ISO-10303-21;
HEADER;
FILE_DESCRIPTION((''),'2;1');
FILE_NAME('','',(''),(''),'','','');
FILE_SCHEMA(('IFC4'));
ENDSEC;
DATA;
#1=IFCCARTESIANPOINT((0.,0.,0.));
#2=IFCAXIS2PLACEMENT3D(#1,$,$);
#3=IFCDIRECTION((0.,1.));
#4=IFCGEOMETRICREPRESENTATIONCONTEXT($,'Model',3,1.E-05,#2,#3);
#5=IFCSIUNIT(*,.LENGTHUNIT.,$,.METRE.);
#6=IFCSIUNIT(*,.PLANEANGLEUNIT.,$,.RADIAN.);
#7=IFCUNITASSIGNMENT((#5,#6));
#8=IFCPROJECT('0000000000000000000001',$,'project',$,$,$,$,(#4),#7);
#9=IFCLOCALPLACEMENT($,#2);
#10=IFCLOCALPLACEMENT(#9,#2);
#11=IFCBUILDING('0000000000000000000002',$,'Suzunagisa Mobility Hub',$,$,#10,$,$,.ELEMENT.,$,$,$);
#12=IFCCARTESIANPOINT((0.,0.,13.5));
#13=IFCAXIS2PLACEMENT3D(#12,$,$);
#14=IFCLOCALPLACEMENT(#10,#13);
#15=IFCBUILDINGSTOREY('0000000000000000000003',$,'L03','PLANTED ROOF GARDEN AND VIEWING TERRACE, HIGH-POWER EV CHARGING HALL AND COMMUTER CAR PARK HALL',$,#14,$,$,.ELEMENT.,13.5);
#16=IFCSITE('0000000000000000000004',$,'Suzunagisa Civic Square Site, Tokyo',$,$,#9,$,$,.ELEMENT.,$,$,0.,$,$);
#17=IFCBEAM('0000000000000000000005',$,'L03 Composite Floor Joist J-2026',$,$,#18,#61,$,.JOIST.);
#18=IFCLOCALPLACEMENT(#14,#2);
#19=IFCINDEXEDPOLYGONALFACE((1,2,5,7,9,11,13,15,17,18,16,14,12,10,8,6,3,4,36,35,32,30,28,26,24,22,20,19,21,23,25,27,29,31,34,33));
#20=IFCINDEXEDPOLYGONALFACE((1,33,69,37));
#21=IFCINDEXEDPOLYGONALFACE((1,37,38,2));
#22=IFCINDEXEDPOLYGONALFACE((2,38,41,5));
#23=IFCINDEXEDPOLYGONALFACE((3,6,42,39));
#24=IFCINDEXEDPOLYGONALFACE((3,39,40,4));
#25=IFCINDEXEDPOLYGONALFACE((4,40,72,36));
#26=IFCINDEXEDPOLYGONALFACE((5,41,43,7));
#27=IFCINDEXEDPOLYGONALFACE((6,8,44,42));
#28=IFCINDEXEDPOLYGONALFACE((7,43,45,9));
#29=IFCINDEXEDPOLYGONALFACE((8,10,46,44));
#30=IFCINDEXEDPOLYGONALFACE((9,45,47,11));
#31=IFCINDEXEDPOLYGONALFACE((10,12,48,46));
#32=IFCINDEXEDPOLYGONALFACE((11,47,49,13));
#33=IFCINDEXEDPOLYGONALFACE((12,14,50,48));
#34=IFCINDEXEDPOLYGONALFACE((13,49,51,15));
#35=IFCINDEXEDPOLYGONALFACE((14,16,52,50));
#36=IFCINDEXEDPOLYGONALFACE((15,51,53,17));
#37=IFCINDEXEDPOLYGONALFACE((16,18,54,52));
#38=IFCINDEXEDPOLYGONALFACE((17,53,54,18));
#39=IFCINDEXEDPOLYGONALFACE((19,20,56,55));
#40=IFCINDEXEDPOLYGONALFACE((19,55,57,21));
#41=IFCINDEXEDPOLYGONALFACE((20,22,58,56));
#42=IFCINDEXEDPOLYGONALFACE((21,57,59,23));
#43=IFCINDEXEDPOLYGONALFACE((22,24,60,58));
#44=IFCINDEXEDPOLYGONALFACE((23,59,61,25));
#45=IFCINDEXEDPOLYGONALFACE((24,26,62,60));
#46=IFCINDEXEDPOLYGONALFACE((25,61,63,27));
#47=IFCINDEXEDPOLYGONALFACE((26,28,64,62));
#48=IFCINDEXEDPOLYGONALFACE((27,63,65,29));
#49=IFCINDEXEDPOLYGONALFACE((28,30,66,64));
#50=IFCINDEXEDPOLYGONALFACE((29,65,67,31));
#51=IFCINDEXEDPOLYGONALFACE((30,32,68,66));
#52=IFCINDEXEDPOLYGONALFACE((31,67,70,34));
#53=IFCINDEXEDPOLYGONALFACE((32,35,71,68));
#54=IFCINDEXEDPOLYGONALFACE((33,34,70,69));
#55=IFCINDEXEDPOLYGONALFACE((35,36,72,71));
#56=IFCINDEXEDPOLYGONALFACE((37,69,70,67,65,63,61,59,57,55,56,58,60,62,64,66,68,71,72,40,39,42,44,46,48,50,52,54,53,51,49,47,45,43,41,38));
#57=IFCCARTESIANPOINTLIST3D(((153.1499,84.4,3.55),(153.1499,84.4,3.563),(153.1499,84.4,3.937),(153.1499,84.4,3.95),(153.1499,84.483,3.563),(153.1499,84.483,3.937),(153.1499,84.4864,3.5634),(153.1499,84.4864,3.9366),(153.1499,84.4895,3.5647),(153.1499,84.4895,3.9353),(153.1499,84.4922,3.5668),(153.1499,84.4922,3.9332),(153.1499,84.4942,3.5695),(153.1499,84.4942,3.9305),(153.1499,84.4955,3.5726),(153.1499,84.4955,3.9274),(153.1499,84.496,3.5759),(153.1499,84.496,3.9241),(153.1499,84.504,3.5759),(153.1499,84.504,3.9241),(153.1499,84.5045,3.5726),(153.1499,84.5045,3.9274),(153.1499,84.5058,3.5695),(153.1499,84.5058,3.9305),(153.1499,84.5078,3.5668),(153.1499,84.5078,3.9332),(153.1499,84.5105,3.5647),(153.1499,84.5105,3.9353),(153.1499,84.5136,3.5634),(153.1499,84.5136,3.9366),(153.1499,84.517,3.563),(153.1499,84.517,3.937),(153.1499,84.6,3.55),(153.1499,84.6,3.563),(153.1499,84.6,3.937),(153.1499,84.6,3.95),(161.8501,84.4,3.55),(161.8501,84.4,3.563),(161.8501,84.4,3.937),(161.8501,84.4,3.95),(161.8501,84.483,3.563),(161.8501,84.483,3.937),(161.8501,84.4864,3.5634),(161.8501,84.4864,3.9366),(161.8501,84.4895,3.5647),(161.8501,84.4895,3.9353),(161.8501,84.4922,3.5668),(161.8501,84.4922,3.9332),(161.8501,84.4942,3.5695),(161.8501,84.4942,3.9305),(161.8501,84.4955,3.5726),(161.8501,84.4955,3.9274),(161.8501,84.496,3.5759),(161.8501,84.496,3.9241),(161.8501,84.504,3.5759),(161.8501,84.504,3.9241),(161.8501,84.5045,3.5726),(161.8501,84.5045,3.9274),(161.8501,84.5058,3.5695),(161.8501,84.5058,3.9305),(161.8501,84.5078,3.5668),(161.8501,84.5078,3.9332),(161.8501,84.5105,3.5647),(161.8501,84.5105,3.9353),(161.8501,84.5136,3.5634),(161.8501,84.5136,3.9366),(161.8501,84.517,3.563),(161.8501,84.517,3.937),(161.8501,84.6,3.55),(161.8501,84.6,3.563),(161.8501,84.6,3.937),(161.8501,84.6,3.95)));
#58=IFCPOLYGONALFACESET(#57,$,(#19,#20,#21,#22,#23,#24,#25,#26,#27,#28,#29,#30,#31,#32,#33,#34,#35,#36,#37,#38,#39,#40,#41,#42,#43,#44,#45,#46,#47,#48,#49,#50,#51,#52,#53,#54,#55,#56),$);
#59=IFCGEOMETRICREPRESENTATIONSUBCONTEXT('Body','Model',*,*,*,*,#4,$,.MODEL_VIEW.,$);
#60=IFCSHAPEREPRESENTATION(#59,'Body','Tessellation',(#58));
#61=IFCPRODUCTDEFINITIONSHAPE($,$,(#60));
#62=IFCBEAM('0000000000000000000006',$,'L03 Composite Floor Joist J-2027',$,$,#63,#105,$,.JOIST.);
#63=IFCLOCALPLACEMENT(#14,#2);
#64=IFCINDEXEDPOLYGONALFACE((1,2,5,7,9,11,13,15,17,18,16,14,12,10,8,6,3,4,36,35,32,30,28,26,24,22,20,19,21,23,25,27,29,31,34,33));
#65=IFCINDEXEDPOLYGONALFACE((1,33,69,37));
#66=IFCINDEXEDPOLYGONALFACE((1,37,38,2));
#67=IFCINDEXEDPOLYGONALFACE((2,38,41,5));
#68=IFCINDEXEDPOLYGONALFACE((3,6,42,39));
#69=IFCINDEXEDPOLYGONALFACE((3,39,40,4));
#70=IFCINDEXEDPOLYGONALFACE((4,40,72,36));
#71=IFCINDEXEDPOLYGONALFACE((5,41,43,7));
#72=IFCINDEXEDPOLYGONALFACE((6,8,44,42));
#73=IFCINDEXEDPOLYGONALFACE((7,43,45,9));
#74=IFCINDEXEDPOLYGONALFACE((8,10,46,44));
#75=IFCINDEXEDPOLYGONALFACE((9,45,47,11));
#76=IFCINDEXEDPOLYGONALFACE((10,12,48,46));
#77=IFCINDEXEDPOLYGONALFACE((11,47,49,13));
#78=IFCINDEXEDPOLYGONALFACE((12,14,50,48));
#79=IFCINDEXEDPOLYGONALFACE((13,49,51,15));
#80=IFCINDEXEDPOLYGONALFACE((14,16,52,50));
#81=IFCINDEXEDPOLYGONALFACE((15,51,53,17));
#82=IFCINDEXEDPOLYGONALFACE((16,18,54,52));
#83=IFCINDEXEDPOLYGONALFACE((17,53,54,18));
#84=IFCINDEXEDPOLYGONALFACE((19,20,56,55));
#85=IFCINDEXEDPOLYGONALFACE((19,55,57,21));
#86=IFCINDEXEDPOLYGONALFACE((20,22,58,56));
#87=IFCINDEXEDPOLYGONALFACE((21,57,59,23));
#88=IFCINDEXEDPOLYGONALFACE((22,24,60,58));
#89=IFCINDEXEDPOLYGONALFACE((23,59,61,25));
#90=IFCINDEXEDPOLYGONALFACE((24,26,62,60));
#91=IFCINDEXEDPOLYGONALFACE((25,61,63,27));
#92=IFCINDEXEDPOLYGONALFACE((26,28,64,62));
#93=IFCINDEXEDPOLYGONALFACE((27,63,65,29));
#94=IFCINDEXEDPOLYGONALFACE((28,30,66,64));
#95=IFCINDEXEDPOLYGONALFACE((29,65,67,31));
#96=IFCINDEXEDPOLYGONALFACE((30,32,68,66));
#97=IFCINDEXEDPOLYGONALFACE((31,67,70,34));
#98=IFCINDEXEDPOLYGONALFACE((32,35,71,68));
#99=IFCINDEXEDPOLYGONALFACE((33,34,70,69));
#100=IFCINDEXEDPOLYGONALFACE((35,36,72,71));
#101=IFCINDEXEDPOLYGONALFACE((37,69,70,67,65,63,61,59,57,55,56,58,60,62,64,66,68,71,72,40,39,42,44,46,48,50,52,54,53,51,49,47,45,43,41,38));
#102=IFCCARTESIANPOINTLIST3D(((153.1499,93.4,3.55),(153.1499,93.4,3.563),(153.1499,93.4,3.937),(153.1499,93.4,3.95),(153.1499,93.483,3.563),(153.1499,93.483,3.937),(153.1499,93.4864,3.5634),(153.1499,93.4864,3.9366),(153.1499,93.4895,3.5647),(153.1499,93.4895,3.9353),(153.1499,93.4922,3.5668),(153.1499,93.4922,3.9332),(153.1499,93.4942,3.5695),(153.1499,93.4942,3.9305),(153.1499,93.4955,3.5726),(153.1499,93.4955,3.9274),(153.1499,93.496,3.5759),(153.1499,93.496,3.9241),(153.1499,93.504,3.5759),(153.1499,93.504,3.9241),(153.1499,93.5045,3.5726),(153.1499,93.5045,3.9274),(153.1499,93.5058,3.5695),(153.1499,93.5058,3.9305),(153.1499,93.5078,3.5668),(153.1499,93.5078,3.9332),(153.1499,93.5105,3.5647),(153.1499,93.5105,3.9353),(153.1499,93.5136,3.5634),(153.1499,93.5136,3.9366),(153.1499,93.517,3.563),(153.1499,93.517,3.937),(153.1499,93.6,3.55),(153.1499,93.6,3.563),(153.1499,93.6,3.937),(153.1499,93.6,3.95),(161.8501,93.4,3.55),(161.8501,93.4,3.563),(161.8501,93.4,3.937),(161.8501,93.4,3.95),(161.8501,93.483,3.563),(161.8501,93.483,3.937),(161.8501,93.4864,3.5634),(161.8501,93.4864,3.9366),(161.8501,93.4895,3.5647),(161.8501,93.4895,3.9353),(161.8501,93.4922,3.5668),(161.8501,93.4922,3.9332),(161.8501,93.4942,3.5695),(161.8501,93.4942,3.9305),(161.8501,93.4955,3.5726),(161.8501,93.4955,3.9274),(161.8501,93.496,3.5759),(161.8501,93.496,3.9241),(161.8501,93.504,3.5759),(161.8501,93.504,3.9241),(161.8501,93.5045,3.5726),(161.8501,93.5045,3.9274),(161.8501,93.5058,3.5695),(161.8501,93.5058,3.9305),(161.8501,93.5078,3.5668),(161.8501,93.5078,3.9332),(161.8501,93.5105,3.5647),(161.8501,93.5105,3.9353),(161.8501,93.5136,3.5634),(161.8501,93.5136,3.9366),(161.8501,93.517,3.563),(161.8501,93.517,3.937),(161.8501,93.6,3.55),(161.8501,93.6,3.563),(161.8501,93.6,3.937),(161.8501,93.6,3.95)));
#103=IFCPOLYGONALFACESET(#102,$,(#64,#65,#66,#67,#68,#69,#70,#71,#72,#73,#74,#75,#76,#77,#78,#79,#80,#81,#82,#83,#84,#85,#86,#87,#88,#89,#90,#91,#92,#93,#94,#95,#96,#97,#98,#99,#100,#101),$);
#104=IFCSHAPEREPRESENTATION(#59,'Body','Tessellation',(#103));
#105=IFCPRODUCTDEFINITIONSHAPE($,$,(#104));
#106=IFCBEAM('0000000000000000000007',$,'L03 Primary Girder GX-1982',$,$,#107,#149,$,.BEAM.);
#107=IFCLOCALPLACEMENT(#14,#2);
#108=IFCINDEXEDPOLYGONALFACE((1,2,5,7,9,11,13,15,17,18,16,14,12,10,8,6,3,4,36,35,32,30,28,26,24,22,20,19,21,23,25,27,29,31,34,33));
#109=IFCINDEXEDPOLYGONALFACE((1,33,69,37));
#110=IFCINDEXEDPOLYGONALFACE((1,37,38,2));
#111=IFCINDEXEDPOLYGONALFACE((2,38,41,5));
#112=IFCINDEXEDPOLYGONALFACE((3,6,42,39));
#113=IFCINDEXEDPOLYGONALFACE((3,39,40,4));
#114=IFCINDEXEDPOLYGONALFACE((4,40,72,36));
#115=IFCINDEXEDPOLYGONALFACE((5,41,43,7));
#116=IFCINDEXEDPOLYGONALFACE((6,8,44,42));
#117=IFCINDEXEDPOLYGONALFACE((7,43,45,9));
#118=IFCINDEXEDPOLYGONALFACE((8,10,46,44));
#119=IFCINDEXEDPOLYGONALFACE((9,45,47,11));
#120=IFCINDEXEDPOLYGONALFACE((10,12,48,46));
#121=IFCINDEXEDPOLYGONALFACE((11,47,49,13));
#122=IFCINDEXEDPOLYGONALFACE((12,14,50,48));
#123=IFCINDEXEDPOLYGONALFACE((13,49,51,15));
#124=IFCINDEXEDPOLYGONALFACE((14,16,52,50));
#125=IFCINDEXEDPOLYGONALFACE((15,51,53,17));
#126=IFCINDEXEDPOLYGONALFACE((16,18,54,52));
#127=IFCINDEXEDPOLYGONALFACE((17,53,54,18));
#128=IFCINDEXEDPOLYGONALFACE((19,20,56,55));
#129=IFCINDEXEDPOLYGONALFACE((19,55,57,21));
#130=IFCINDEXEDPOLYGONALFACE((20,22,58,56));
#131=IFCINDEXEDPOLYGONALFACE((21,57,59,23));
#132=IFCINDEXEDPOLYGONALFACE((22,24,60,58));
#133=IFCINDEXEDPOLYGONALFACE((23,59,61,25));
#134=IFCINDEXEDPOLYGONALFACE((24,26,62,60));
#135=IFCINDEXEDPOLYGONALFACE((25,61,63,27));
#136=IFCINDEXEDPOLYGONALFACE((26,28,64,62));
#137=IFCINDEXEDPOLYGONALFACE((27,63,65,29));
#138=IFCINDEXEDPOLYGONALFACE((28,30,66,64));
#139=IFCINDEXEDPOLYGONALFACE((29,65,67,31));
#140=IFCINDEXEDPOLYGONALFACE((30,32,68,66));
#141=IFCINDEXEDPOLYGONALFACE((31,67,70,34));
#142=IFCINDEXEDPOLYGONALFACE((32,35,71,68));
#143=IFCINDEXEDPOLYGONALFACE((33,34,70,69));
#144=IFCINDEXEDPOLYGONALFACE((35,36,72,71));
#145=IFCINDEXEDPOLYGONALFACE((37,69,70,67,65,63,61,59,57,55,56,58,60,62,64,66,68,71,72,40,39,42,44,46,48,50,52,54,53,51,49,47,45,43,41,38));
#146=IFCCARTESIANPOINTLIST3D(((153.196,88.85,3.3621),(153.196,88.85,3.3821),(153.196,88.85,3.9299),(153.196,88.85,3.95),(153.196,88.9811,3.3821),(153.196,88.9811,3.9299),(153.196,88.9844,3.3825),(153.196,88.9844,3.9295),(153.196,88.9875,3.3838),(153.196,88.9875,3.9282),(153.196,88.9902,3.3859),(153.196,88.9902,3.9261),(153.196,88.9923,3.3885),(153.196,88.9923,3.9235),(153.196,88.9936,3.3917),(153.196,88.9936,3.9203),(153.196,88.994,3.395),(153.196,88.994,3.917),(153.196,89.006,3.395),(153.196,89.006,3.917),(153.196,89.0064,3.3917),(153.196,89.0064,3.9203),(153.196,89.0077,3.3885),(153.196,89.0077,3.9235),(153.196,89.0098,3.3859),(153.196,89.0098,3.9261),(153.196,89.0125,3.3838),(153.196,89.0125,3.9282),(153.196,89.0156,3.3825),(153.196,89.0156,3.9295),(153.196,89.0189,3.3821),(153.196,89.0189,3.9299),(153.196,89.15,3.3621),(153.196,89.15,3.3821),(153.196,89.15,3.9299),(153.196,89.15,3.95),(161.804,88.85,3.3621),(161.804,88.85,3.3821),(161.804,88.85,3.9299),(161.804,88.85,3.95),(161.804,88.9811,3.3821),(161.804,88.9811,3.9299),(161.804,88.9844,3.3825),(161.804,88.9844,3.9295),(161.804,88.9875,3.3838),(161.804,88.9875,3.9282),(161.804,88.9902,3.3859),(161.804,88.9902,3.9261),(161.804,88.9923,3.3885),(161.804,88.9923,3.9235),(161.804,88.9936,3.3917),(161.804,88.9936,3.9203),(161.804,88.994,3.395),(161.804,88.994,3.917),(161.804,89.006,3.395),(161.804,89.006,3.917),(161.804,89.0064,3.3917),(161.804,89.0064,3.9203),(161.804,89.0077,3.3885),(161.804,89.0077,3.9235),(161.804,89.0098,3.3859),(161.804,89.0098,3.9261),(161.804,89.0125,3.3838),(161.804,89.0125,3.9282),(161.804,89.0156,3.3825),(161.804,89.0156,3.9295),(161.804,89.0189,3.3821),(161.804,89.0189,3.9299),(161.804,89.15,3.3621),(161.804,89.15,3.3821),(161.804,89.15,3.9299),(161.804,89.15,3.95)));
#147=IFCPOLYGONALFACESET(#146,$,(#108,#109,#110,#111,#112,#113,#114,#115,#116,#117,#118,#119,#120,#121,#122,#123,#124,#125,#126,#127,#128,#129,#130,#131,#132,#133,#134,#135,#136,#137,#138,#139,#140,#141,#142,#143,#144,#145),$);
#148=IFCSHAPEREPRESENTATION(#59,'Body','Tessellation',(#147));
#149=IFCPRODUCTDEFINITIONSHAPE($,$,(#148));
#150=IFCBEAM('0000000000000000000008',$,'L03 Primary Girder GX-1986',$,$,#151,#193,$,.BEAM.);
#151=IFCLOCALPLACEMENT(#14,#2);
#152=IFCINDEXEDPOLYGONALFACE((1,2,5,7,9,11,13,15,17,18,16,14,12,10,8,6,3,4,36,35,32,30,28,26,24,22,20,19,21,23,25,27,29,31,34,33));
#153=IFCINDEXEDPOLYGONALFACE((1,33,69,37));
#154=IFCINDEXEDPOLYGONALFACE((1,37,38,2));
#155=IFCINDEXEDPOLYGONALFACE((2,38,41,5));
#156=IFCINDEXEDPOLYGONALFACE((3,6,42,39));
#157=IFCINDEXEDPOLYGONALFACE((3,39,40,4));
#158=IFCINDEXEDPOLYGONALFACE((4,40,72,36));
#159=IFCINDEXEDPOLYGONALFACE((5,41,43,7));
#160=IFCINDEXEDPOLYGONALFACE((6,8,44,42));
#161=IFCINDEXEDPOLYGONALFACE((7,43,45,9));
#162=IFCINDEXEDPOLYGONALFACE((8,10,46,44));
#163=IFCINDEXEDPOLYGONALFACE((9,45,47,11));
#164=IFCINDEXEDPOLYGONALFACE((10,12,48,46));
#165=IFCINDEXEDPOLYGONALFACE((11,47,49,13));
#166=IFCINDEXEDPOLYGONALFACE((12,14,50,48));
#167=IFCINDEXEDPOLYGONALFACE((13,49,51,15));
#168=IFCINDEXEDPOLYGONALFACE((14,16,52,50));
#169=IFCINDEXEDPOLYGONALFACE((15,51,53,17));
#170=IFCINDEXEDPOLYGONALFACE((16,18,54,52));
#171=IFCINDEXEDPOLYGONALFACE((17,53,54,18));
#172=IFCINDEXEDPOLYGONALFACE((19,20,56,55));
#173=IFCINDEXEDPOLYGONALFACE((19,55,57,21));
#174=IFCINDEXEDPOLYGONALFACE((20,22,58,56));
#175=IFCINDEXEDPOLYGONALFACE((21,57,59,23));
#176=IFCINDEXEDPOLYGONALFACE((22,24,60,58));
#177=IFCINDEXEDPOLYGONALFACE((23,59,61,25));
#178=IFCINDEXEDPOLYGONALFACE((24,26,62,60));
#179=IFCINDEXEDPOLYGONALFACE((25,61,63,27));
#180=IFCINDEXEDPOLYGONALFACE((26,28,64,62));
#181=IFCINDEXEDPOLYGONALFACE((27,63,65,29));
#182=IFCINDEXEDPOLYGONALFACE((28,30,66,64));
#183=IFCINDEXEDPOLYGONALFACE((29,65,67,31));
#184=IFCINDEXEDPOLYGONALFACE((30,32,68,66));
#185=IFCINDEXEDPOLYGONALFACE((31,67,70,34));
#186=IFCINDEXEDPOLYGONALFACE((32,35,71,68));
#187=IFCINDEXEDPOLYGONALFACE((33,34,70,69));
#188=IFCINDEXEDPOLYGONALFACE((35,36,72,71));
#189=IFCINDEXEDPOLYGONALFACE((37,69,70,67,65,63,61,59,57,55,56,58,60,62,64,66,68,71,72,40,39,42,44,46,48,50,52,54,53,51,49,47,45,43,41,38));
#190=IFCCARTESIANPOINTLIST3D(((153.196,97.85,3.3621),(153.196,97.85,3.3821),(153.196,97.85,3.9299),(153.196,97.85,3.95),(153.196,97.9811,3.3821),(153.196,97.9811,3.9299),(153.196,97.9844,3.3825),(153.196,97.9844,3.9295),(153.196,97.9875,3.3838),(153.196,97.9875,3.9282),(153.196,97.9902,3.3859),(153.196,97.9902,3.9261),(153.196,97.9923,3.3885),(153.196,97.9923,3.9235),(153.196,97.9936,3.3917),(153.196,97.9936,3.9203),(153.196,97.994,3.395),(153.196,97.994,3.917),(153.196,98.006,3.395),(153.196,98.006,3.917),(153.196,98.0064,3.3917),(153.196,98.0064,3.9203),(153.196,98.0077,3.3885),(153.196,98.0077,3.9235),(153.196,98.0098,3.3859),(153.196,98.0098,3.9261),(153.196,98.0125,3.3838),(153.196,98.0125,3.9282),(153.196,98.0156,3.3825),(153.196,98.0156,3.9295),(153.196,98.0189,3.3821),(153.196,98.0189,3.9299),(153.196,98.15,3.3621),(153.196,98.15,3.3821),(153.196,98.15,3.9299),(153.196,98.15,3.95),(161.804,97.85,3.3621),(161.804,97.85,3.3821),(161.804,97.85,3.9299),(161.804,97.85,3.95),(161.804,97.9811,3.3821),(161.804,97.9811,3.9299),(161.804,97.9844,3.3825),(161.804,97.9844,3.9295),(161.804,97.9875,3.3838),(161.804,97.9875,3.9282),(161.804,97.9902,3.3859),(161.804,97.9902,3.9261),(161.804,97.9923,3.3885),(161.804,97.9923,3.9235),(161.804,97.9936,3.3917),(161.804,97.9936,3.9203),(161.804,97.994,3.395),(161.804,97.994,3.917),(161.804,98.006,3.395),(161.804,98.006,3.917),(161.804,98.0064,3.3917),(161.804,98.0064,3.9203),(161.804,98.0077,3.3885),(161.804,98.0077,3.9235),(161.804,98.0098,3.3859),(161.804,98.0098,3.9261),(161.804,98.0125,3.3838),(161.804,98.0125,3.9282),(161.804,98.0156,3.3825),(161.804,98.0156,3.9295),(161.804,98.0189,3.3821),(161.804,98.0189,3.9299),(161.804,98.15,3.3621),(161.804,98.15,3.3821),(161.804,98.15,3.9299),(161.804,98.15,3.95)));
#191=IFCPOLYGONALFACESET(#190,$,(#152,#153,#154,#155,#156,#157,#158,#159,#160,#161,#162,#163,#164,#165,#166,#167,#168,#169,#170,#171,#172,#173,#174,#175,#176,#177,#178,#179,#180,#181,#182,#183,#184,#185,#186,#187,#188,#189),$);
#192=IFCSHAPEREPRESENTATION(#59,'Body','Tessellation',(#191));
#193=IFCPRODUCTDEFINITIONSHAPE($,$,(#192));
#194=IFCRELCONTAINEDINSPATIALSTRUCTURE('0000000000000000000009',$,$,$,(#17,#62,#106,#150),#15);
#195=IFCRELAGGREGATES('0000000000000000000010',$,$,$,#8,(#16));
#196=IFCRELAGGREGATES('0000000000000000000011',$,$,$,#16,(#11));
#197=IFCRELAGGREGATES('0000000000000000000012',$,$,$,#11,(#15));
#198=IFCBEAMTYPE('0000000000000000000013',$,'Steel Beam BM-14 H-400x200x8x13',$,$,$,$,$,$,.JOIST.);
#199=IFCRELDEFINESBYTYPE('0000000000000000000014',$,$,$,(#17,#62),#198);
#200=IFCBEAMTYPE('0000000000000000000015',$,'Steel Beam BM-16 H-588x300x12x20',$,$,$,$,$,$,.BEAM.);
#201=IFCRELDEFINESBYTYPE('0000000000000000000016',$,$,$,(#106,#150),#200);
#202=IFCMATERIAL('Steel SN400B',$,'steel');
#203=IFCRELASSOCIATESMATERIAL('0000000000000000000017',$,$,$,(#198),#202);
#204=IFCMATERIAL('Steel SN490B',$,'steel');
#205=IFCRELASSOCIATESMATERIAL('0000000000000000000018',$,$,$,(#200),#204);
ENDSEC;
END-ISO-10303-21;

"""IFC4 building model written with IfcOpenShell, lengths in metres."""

from ifc_helpers import new_model, si_unit, direction, frame, origin, origin_2d, place, context, subcontext, project, spatial, i_section, extrude, material, material_profile, profile_set, type_object, element, save


model = new_model("IFC4")

# Units and contexts
model_context = context("Model", 3, precision=1e-05, world=origin(), true_north=direction((0.0, 1.0)))
body_context = subcontext(model_context, "Body", "Model", "MODEL_VIEW")
ifc_project = project(units=[si_unit("LENGTHUNIT", "METRE"), si_unit("PLANEANGLEUNIT", "RADIAN")], contexts=[model_context])

# Site, building, storey
site_placement = place(None, origin())
site = spatial("IfcSite", under=ifc_project, at=site_placement, Name="Suzunagisa Civic Square Site, Tokyo", CompositionType="ELEMENT", RefElevation=0.0)
building_placement = place(site_placement, origin())
building = spatial("IfcBuilding", under=site, at=building_placement, Name="Suzunagisa Mobility Hub", CompositionType="ELEMENT")
storey_placement = place(building_placement, frame((0.0, 0.0, 13.5)))
storey = spatial("IfcBuildingStorey", under=building, at=storey_placement, Name="L03", Description="PLANTED ROOF GARDEN AND VIEWING TERRACE, HIGH-POWER EV CHARGING HALL AND COMMUTER CAR PARK HALL", CompositionType="ELEMENT", Elevation=13.5)

# Shared definitions
ifc_material_1 = material(Name="Steel SN490B", Category="steel")

# Beams
ifc_material_2 = material(Name="Steel SN400B", Category="steel")
ifc_material_profile_1 = material_profile(ifc_material_2, i_section(OverallWidth=0.2, OverallDepth=0.3999, WebThickness=0.0081, FlangeThickness=0.0129, FilletRadius=0.0129, at=origin_2d()), Name="H-400x200x8x13")
ifc_profile_set_1 = profile_set([ifc_material_profile_1], Name="Steel SN400B")
beam_type_1 = type_object("IfcBeamType", Name="Steel Beam BM-14 H-400x200x8x13", PredefinedType="JOIST", material=ifc_profile_set_1)
for number, where, z_axis, x_axis, name in (
    (1, (153.1499, 84.5, 3.75), (1.0, 0.0, 0.0), (0.0, 1.0, 0.0), "L03 Composite Floor Joist J-2026"),
    (2, (153.1499, 93.5, 3.75), (1.0, 0.0, 0.0), (0.0, 1.0, 0.0), "L03 Composite Floor Joist J-2027"),
):
    element("IfcBeam", number, at=place(storey_placement, frame(where, z_axis=z_axis, x_axis=x_axis)), inside=storey, type_object=beam_type_1, Name=name, PredefinedType="JOIST", context=body_context, shape_type="SweptSolid", body=[
        extrude(i_section(OverallWidth=0.2, OverallDepth=0.3999, WebThickness=0.0081, FlangeThickness=0.0129, FilletRadius=0.0129, at=origin_2d()), origin(), (0.0, 0.0, 1.0), 8.7002),
    ])
ifc_material_profile_2 = material_profile(ifc_material_1, i_section(OverallWidth=0.3, OverallDepth=0.5879, WebThickness=0.012, FlangeThickness=0.02, FilletRadius=0.0129, at=origin_2d()), Name="H-588x300x12x20")
ifc_profile_set_2 = profile_set([ifc_material_profile_2], Name="Steel SN490B")
beam_type_2 = type_object("IfcBeamType", Name="Steel Beam BM-16 H-588x300x12x20", PredefinedType="BEAM", material=ifc_profile_set_2)
for number, where, z_axis, x_axis, name in (
    (3, (153.196, 89.0, 3.656), (1.0, 0.0, 0.0), (0.0, 1.0, 0.0), "L03 Primary Girder GX-1982"),
    (4, (153.196, 98.0, 3.656), (1.0, 0.0, 0.0), (0.0, 1.0, 0.0), "L03 Primary Girder GX-1986"),
):
    element("IfcBeam", number, at=place(storey_placement, frame(where, z_axis=z_axis, x_axis=x_axis)), inside=storey, type_object=beam_type_2, Name=name, PredefinedType="BEAM", context=body_context, shape_type="SweptSolid", body=[
        extrude(i_section(OverallWidth=0.3, OverallDepth=0.5879, WebThickness=0.012, FlangeThickness=0.02, FilletRadius=0.0129, at=origin_2d()), origin(), (0.0, 0.0, 1.0), 8.6079),
    ])

save(model, "model.ifc")
